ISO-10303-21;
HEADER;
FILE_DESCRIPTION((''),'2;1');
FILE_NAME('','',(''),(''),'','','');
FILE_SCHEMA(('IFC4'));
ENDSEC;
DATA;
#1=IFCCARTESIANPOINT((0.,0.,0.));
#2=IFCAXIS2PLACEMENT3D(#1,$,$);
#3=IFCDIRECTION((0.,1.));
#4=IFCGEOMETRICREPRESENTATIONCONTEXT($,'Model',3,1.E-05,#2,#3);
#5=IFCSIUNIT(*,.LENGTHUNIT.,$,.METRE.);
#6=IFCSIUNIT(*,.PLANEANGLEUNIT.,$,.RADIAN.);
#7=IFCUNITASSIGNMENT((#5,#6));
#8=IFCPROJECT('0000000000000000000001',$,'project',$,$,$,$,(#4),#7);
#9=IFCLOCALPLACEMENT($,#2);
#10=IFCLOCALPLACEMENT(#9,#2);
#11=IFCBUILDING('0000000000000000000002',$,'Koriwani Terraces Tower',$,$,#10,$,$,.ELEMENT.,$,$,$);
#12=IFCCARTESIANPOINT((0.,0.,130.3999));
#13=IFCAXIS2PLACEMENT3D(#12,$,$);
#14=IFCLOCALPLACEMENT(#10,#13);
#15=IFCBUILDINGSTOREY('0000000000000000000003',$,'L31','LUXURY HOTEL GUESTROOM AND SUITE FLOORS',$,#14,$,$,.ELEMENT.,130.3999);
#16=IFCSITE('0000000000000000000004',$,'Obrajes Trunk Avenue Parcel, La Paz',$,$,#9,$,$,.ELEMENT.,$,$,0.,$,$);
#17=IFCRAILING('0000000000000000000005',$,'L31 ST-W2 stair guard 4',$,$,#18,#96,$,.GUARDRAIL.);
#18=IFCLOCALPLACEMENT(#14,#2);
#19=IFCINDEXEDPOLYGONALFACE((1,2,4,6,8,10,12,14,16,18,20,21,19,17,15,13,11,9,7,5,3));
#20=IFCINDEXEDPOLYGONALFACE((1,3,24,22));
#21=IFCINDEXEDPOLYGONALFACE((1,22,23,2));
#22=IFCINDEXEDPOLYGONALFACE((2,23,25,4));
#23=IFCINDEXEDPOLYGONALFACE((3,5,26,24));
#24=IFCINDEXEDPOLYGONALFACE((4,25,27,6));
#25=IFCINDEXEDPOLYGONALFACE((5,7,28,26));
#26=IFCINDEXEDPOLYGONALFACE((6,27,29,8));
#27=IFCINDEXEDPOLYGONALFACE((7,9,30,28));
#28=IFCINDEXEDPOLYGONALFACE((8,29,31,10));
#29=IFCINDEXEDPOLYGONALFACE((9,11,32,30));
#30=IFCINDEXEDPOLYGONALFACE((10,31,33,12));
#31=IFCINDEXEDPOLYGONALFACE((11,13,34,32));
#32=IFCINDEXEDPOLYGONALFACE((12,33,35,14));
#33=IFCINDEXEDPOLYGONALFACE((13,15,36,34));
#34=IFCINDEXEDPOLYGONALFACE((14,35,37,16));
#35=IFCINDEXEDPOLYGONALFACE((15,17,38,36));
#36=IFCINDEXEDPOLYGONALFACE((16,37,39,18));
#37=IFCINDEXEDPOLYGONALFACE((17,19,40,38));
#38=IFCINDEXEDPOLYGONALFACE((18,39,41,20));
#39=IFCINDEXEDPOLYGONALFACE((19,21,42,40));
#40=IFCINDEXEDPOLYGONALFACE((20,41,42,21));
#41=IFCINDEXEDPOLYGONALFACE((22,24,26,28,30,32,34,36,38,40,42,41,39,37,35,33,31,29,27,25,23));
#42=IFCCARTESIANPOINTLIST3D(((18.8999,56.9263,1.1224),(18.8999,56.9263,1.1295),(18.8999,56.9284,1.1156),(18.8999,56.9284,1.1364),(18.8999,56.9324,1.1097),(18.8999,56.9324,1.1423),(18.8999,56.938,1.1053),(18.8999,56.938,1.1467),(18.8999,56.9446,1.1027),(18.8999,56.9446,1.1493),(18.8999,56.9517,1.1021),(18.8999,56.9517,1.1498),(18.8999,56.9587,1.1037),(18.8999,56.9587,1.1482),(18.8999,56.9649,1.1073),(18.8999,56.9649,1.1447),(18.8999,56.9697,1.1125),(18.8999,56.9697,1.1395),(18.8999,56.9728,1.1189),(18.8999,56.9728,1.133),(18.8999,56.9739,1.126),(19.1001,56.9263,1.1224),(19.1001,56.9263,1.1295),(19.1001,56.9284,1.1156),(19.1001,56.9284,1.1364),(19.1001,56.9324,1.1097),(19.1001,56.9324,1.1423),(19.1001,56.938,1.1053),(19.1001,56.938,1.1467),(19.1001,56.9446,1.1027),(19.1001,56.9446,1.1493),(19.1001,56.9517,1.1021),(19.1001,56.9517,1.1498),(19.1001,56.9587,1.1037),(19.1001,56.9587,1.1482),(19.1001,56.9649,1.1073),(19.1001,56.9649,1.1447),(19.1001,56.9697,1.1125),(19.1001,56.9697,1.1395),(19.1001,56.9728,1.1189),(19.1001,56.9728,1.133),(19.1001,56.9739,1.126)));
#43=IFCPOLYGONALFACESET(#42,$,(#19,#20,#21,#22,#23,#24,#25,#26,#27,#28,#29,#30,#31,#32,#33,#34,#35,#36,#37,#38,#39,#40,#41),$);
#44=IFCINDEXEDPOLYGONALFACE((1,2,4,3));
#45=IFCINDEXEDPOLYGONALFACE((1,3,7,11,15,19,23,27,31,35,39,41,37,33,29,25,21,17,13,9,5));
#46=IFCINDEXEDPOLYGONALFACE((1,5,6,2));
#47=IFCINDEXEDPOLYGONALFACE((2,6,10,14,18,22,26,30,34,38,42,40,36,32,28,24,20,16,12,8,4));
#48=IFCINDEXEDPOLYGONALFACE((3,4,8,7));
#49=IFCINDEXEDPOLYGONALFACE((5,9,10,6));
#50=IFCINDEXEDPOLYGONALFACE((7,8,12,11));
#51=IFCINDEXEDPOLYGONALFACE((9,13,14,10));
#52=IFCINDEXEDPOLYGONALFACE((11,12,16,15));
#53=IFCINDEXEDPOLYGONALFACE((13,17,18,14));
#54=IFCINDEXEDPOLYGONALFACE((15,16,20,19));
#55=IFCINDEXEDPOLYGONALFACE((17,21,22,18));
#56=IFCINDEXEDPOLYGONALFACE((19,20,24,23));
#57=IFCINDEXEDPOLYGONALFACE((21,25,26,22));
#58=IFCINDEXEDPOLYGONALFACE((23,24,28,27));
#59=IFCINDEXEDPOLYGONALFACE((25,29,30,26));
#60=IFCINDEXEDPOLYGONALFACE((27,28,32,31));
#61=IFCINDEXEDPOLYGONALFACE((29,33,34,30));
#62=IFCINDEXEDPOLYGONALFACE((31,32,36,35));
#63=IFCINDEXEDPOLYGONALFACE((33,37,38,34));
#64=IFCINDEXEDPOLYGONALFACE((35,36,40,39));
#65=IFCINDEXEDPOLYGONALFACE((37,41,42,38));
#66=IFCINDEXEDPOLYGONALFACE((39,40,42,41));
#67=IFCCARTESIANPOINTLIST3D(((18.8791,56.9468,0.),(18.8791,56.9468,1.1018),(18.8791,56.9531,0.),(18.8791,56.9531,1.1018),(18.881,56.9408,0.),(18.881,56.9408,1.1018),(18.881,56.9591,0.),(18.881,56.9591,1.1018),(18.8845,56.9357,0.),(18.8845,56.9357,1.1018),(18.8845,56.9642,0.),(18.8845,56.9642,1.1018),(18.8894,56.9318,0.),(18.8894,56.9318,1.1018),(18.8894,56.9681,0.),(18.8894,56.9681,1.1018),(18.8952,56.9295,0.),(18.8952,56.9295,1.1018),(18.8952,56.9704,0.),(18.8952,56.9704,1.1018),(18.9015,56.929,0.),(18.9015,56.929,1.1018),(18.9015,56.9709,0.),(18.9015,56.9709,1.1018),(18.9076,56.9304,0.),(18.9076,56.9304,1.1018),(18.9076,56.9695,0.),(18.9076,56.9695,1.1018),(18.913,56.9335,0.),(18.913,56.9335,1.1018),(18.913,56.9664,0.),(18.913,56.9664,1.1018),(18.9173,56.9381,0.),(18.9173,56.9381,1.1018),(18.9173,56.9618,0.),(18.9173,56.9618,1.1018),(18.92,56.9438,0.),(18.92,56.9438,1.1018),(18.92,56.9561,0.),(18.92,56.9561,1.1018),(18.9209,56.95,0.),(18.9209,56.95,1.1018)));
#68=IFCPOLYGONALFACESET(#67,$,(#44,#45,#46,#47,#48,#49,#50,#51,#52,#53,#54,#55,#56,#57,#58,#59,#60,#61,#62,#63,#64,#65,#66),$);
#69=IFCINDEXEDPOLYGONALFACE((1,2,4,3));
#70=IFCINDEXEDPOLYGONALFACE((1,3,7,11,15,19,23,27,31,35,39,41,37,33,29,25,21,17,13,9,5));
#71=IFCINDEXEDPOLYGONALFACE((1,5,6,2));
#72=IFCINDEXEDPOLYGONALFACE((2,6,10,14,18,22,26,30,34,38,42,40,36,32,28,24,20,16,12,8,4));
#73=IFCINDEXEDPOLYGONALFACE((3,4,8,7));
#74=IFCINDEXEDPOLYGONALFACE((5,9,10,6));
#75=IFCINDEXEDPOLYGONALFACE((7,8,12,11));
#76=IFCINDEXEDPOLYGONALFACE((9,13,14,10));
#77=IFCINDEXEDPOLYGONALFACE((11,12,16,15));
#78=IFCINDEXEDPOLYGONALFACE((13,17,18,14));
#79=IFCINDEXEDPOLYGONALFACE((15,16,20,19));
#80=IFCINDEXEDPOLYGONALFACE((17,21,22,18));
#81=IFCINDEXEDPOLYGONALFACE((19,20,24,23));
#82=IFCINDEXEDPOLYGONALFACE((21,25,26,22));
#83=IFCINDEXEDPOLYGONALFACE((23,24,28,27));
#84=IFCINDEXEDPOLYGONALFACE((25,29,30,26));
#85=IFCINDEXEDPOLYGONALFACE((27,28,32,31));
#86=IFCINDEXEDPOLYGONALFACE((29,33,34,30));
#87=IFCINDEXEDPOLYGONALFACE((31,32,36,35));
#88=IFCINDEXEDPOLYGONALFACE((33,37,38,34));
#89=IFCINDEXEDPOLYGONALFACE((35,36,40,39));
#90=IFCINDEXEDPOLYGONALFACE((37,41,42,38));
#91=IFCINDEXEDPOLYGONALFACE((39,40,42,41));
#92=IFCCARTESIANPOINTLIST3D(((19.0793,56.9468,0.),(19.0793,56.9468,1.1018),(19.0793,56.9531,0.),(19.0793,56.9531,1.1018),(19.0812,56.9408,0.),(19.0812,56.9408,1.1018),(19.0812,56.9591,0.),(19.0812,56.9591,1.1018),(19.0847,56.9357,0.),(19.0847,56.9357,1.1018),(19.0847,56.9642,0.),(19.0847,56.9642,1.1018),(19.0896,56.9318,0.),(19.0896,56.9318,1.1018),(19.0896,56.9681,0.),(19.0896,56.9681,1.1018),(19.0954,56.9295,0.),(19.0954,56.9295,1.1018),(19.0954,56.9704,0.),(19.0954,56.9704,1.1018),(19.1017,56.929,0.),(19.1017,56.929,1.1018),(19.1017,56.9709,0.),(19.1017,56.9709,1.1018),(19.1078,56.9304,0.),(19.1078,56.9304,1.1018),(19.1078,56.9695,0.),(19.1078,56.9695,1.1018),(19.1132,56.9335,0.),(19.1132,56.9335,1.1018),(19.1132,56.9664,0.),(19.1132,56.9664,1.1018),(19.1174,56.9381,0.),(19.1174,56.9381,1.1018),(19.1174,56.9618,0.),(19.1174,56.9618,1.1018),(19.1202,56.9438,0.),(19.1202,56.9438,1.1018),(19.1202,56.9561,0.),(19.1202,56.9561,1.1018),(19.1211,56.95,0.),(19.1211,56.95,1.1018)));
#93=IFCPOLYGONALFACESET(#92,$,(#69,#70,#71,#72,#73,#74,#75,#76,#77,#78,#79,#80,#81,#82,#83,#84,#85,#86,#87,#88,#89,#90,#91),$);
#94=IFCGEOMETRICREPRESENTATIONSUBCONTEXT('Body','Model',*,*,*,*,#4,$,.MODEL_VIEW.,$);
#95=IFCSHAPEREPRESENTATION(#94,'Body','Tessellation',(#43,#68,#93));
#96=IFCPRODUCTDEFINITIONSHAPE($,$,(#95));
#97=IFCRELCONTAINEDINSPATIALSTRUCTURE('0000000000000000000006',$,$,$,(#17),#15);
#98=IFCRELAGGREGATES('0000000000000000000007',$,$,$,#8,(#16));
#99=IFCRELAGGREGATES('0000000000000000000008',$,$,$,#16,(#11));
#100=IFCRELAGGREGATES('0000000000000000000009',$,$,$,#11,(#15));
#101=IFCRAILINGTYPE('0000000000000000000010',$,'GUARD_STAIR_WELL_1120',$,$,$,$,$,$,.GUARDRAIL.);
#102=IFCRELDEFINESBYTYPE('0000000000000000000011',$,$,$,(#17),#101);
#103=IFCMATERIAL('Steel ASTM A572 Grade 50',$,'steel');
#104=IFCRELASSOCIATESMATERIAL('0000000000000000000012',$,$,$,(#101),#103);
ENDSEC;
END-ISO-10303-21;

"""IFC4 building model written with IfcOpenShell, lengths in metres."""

from ifc_helpers import new_model, si_unit, direction, frame, origin, origin_2d, place, context, subcontext, project, spatial, circle, extrude, material, type_object, element, save


model = new_model("IFC4")

# Units and contexts
model_context = context("Model", 3, precision=1e-05, world=origin(), true_north=direction((0.0, 1.0)))
body_context = subcontext(model_context, "Body", "Model", "MODEL_VIEW")
ifc_project = project(units=[si_unit("LENGTHUNIT", "METRE"), si_unit("PLANEANGLEUNIT", "RADIAN")], contexts=[model_context])

# Site, building, storey
site_placement = place(None, origin())
site = spatial("IfcSite", under=ifc_project, at=site_placement, Name="Obrajes Trunk Avenue Parcel, La Paz", CompositionType="ELEMENT", RefElevation=0.0)
building_placement = place(site_placement, origin())
building = spatial("IfcBuilding", under=site, at=building_placement, Name="Koriwani Terraces Tower", CompositionType="ELEMENT")
storey_placement = place(building_placement, frame((0.0, 0.0, 130.3999)))
storey = spatial("IfcBuildingStorey", under=building, at=storey_placement, Name="L31", Description="LUXURY HOTEL GUESTROOM AND SUITE FLOORS", CompositionType="ELEMENT", Elevation=130.3999)

# Shared definitions
ifc_material_1 = material(Name="Steel ASTM A572 Grade 50", Category="steel")

# Railing
railing_type = type_object("IfcRailingType", Name="GUARD_STAIR_WELL_1120", PredefinedType="GUARDRAIL", material=ifc_material_1)
railing_1_placement = place(storey_placement, frame((18.8999, 56.95, 0.0)))
element("IfcRailing", 1, at=railing_1_placement, inside=storey, type_object=railing_type, Name="L31 ST-W2 stair guard 4", PredefinedType="GUARDRAIL", context=body_context, shape_type="SweptSolid", body=[
    extrude(circle(Radius=0.0239, at=origin_2d()), frame((0.0, 0.0, 1.126), z_axis=(1.0, 0.0, 0.0), x_axis=(0.0, 1.0, 0.0)), (0.0, 0.0, 1.0), 0.2002),
    extrude(circle(Radius=0.021, at=origin_2d()), origin(), (0.0, 0.0, 1.0), 1.1018),
    extrude(circle(Radius=0.021, at=origin_2d()), frame((0.2002, 0.0, 0.0)), (0.0, 0.0, 1.0), 1.1018),
])

save(model, "model.ifc")
